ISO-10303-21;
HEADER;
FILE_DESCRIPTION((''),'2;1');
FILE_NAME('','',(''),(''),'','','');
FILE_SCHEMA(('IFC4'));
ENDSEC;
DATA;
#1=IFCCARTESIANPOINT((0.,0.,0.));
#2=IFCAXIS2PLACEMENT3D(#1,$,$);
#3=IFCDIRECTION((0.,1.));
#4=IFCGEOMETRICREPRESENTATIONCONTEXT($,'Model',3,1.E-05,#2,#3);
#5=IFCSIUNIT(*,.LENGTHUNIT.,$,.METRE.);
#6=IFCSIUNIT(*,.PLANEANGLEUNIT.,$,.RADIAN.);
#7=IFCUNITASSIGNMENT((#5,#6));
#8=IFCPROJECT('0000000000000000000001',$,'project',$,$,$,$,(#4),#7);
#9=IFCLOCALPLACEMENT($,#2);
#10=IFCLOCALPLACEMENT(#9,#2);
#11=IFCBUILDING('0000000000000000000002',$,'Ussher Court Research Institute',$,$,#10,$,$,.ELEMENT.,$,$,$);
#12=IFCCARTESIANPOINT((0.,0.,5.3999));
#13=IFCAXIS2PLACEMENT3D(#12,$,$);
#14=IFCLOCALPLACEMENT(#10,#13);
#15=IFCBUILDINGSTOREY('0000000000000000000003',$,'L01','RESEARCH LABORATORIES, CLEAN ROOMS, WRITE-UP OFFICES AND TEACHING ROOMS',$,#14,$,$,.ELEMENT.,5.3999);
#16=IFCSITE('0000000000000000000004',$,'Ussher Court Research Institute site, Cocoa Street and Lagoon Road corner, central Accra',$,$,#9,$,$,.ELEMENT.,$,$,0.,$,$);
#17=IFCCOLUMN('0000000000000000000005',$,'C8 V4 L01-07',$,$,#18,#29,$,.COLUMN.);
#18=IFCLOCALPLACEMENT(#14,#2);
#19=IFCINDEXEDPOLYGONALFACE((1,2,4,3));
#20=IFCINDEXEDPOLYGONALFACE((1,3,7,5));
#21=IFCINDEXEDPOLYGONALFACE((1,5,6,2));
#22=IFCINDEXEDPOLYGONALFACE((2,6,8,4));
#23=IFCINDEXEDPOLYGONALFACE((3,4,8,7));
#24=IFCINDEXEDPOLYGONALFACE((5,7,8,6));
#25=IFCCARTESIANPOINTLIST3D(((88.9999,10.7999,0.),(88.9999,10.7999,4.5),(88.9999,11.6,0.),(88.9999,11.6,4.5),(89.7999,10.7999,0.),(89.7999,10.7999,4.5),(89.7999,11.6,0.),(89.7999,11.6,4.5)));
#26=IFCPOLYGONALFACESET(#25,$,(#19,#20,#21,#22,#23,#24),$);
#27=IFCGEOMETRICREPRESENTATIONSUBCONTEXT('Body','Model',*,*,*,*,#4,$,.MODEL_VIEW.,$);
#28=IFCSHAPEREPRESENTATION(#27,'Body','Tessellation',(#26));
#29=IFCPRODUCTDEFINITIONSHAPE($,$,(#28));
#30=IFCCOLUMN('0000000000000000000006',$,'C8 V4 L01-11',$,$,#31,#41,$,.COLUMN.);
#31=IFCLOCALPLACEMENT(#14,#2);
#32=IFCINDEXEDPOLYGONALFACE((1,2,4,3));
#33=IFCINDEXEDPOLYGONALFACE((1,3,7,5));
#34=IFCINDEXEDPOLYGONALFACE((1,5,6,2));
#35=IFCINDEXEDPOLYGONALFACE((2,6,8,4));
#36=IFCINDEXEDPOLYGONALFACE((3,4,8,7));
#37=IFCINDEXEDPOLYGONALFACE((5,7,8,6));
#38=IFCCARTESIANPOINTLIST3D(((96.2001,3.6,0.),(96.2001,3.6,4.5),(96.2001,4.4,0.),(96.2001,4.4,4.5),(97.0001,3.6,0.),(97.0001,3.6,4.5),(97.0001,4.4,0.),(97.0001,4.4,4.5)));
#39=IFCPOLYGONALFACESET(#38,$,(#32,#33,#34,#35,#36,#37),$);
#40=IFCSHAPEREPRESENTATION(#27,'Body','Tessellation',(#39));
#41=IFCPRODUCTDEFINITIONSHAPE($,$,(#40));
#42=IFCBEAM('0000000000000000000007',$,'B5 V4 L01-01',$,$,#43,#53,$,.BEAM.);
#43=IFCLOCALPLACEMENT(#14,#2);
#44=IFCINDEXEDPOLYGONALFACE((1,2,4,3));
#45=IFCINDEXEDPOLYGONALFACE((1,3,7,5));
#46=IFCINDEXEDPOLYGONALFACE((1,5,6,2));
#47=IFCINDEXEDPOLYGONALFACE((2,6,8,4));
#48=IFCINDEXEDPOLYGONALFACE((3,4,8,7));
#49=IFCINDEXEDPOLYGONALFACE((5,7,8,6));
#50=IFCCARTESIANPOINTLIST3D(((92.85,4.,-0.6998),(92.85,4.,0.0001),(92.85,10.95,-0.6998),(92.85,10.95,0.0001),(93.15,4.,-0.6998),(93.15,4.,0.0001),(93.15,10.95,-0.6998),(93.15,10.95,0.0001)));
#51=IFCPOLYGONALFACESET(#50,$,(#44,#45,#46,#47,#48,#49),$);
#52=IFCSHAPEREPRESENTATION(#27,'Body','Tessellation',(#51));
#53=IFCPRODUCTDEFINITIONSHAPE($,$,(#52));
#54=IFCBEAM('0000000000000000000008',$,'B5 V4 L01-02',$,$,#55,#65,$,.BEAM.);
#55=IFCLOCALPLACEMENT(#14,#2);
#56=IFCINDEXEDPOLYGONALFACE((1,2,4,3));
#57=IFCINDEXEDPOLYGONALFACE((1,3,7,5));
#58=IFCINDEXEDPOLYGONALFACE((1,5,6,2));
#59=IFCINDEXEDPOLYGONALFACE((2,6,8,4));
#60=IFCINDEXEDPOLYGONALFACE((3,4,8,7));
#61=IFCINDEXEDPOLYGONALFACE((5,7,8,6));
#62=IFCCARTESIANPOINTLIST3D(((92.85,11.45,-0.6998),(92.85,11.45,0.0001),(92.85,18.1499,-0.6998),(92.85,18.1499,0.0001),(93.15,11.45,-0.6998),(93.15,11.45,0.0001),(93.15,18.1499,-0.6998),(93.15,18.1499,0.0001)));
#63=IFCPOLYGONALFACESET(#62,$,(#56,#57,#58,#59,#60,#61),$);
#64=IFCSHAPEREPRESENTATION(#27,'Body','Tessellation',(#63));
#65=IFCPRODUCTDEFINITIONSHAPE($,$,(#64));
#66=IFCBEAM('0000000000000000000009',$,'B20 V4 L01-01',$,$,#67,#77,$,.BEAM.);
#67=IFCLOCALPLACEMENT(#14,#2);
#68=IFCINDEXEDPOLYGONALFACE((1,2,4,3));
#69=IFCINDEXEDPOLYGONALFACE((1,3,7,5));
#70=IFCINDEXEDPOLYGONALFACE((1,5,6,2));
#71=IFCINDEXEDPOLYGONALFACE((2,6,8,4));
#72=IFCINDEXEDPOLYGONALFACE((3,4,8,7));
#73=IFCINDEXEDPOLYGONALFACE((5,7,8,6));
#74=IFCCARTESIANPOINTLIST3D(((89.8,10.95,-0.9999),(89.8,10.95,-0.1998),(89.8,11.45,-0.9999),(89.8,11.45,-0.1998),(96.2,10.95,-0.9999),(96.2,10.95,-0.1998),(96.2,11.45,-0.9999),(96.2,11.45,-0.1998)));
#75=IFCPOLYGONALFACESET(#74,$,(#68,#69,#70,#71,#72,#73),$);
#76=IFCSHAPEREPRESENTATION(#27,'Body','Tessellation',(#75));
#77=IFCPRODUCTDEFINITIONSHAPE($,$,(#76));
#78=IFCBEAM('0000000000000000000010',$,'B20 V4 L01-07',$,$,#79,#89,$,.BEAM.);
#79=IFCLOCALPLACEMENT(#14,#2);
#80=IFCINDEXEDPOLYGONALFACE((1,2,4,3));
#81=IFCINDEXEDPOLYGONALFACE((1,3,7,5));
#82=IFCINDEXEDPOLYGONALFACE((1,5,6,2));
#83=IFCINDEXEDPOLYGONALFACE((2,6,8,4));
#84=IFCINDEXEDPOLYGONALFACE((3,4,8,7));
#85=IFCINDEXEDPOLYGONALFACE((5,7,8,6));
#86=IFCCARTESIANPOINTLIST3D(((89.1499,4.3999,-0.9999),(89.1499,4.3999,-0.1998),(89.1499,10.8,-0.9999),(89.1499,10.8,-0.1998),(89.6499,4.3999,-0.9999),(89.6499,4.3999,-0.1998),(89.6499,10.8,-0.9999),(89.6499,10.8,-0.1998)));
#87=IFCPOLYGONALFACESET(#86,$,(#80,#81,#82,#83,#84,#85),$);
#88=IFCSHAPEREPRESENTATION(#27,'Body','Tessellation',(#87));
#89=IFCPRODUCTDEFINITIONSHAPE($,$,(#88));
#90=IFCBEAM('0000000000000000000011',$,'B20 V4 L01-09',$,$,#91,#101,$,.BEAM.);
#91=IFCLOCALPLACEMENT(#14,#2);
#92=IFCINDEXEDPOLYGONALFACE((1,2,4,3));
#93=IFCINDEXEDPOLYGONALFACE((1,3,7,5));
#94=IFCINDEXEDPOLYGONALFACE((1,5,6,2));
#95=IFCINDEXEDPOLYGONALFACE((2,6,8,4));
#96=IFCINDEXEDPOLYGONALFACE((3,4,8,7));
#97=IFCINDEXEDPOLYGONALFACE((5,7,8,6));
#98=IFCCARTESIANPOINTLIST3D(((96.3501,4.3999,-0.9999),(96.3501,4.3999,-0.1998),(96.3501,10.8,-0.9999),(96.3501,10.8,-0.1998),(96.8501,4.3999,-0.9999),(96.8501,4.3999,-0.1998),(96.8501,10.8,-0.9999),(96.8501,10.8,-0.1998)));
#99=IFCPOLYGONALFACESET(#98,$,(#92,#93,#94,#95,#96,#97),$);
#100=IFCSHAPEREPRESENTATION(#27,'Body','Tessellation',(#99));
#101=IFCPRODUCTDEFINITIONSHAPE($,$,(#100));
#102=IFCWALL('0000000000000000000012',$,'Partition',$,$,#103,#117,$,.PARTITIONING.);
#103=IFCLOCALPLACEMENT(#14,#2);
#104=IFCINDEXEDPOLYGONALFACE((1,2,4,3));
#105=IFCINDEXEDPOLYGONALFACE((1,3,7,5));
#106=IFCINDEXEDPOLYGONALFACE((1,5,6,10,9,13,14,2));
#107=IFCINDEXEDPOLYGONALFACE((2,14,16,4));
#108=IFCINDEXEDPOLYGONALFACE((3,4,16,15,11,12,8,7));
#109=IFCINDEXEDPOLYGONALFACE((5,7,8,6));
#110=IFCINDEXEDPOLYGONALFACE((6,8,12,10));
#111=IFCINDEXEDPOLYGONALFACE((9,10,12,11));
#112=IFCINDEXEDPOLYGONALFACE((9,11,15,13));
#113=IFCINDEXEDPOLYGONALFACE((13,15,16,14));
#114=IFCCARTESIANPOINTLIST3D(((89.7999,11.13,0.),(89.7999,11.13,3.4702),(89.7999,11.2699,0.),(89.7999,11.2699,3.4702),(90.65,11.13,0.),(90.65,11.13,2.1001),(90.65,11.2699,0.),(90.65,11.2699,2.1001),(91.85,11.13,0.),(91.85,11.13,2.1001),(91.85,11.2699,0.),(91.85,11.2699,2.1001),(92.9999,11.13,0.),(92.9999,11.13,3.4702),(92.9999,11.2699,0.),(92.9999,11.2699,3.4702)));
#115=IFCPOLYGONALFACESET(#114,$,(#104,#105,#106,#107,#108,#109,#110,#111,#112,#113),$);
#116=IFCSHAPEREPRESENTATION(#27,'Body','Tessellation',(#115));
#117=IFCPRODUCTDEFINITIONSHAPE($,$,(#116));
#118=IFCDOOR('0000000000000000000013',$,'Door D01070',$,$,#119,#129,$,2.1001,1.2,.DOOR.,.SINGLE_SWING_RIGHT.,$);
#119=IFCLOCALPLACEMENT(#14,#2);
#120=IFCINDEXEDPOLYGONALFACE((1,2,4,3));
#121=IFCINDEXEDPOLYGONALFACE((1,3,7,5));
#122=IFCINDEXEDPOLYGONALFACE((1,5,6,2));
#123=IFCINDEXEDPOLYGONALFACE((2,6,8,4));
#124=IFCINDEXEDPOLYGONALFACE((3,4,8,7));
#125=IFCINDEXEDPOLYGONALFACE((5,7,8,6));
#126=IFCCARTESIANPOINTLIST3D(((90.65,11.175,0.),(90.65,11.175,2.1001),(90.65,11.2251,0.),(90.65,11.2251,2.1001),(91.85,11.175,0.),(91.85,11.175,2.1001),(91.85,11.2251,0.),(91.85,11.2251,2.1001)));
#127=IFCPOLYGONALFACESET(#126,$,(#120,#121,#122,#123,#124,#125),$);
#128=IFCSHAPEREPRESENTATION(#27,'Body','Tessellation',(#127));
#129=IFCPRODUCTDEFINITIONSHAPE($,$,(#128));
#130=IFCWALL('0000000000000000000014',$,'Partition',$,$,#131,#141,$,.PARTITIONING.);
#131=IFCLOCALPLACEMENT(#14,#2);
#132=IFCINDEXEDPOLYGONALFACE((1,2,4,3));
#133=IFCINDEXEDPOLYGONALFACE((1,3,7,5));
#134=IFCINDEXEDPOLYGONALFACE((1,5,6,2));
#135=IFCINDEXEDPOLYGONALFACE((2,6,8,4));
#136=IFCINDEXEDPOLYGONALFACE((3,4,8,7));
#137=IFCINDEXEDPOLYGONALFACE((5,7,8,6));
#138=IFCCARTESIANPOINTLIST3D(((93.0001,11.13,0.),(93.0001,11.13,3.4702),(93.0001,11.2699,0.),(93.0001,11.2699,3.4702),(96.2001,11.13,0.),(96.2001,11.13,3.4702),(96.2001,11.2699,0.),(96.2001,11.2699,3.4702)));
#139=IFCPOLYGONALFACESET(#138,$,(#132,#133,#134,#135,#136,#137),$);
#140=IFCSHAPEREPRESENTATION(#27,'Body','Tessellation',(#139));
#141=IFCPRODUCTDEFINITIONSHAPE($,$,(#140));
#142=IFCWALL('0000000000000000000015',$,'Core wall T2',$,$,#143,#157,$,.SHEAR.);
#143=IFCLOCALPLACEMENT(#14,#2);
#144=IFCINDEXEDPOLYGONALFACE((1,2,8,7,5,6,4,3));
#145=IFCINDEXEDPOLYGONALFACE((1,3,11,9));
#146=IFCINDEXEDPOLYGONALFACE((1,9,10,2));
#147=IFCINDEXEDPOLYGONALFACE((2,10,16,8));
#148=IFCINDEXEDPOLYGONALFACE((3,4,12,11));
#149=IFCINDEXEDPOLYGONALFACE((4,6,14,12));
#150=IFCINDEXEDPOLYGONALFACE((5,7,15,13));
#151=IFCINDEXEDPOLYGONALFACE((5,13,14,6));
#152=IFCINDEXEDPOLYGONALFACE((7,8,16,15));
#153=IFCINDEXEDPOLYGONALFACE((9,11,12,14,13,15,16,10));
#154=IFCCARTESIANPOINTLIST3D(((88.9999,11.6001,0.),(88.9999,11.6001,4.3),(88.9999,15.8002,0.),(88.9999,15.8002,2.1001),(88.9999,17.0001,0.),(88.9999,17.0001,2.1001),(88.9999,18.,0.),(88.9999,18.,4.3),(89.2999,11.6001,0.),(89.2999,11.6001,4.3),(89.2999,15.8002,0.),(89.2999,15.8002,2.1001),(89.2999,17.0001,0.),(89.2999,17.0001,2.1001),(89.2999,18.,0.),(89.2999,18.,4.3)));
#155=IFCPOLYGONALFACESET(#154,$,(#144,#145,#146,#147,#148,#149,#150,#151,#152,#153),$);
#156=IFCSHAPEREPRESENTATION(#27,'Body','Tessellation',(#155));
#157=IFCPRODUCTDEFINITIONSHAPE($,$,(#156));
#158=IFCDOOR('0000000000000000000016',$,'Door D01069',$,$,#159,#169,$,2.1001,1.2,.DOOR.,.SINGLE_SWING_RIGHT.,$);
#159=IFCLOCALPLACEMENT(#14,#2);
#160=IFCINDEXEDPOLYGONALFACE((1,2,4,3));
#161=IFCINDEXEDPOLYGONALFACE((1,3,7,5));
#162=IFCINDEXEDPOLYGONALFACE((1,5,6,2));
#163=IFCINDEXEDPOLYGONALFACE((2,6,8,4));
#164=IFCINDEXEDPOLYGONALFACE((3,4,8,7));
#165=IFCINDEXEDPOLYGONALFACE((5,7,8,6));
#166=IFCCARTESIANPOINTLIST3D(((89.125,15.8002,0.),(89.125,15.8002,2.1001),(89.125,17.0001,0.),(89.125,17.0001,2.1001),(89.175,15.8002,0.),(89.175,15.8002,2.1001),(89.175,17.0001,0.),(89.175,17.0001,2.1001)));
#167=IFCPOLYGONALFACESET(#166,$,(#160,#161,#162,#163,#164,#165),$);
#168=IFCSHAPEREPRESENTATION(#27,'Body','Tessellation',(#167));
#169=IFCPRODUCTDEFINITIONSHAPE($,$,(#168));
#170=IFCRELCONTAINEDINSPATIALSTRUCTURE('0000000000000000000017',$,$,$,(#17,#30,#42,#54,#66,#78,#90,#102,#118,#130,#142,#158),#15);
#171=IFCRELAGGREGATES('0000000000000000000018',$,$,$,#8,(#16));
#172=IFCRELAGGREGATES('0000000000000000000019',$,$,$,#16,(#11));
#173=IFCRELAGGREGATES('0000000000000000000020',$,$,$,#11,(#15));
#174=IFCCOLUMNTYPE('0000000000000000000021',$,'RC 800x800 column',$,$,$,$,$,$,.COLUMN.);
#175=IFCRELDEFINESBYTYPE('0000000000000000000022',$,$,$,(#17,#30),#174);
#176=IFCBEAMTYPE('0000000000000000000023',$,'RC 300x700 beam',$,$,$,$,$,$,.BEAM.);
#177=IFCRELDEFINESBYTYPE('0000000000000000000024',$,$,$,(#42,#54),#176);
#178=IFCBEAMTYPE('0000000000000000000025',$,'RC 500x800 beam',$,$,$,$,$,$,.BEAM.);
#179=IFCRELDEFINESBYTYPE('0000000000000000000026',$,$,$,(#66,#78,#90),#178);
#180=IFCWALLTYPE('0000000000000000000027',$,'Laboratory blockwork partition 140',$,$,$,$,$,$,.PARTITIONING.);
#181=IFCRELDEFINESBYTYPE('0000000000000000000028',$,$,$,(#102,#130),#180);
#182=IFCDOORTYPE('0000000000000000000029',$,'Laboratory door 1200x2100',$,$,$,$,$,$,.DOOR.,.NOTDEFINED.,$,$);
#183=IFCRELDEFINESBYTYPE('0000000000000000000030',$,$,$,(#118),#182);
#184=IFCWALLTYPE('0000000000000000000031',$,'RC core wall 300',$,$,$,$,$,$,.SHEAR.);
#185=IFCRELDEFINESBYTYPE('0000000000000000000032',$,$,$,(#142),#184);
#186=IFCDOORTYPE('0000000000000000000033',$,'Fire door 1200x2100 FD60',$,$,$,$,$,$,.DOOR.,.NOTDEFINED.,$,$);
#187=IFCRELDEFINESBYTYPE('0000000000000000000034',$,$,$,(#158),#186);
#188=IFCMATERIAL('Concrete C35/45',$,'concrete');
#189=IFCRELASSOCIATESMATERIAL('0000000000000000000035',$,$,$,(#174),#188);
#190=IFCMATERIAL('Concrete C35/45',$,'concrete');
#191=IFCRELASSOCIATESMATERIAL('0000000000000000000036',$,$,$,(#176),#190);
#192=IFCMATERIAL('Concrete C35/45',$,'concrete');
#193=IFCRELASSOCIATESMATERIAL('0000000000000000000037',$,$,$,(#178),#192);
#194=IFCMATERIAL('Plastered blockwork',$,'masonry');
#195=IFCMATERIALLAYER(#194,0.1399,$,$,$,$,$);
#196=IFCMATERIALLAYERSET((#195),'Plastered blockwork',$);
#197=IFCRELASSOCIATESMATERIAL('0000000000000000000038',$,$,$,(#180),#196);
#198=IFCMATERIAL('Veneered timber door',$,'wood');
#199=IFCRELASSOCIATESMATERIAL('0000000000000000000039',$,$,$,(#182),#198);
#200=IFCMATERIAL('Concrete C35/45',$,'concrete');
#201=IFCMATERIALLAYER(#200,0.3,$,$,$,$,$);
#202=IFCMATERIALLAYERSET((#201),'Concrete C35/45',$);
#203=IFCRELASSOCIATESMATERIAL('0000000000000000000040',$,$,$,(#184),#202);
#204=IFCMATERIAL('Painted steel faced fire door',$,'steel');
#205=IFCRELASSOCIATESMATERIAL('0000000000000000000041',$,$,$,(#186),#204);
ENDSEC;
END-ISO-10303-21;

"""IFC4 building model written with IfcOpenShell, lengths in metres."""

from ifc_helpers import new_model, si_unit, direction, frame, frame_2d, origin, origin_2d, place, context, subcontext, project, spatial, rectangle, extrude, material, layer, layer_set, material_profile, profile_set, type_object, element, fill, save


model = new_model("IFC4")

# Units and contexts
model_context = context("Model", 3, precision=1e-05, world=origin(), true_north=direction((0.0, 1.0)))
body_context = subcontext(model_context, "Body", "Model", "MODEL_VIEW")
ifc_project = project(units=[si_unit("LENGTHUNIT", "METRE"), si_unit("PLANEANGLEUNIT", "RADIAN")], contexts=[model_context])

# Site, building, storey
site_placement = place(None, origin())
site = spatial("IfcSite", under=ifc_project, at=site_placement, Name="Ussher Court Research Institute site, Cocoa Street and Lagoon Road corner, central Accra", CompositionType="ELEMENT", RefElevation=0.0)
building_placement = place(site_placement, origin())
building = spatial("IfcBuilding", under=site, at=building_placement, Name="Ussher Court Research Institute", CompositionType="ELEMENT")
storey_placement = place(building_placement, frame((0.0, 0.0, 5.3999)))
storey = spatial("IfcBuildingStorey", under=building, at=storey_placement, Name="L01", Description="RESEARCH LABORATORIES, CLEAN ROOMS, WRITE-UP OFFICES AND TEACHING ROOMS", CompositionType="ELEMENT", Elevation=5.3999)

# Columns
ifc_material_1 = material(Name="Concrete C35/45", Category="concrete")
ifc_material_profile_1 = material_profile(ifc_material_1, rectangle(XDim=0.8, YDim=0.8, at=origin_2d()), Name="RC 800x800")
ifc_profile_set_1 = profile_set([ifc_material_profile_1], Name="Concrete C35/45")
column_type = type_object("IfcColumnType", Name="RC 800x800 column", PredefinedType="COLUMN", material=ifc_profile_set_1)
for number, where, z_axis, x_axis, name in (
    (1, (89.3999, 11.2, 0.0), (0.0, 0.0, 1.0), (1.0, 0.0, 0.0), "C8 V4 L01-07"),
    (2, (96.6001, 4.0, 0.0), (0.0, 0.0, 1.0), (1.0, 0.0, 0.0), "C8 V4 L01-11"),
):
    element("IfcColumn", number, at=place(storey_placement, frame(where, z_axis=z_axis, x_axis=x_axis)), inside=storey, type_object=column_type, Name=name, PredefinedType="COLUMN", context=body_context, shape_type="SweptSolid", body=[
        extrude(rectangle(XDim=0.8, YDim=0.8, at=origin_2d()), origin(), (0.0, 0.0, 1.0), 4.5),
    ])

# Beams
ifc_material_2 = material(Name="Concrete C35/45", Category="concrete")
ifc_material_profile_2 = material_profile(ifc_material_2, rectangle(XDim=0.3, YDim=0.7, at=origin_2d()), Name="RC 300x700")
ifc_profile_set_2 = profile_set([ifc_material_profile_2], Name="Concrete C35/45")
beam_type_1 = type_object("IfcBeamType", Name="RC 300x700 beam", PredefinedType="BEAM", material=ifc_profile_set_2)
beam_1_placement = place(storey_placement, frame((93.0, 4.0, -0.3499), z_axis=(0.0, 1.0, 0.0), x_axis=(-1.0, 0.0, 0.0)))
element("IfcBeam", 3, at=beam_1_placement, inside=storey, type_object=beam_type_1, Name="B5 V4 L01-01", PredefinedType="BEAM", context=body_context, shape_type="SweptSolid", body=[
    extrude(rectangle(XDim=0.3, YDim=0.7, at=origin_2d()), origin(), (0.0, 0.0, 1.0), 6.95),
])
beam_2_placement = place(storey_placement, frame((93.0, 11.45, -0.3499), z_axis=(0.0, 1.0, 0.0), x_axis=(-1.0, 0.0, 0.0)))
element("IfcBeam", 4, at=beam_2_placement, inside=storey, type_object=beam_type_1, Name="B5 V4 L01-02", PredefinedType="BEAM", context=body_context, shape_type="SweptSolid", body=[
    extrude(rectangle(XDim=0.3, YDim=0.7, at=origin_2d()), origin(), (0.0, 0.0, 1.0), 6.7),
])
ifc_material_3 = material(Name="Concrete C35/45", Category="concrete")
ifc_material_profile_3 = material_profile(ifc_material_3, rectangle(XDim=0.5, YDim=0.8, at=origin_2d()), Name="RC 500x800")
ifc_profile_set_3 = profile_set([ifc_material_profile_3], Name="Concrete C35/45")
beam_type_2 = type_object("IfcBeamType", Name="RC 500x800 beam", PredefinedType="BEAM", material=ifc_profile_set_3)
beam_3_placement = place(storey_placement, frame((89.8, 11.2, -0.5999), z_axis=(1.0, 0.0, 0.0), x_axis=(0.0, 1.0, 0.0)))
element("IfcBeam", 5, at=beam_3_placement, inside=storey, type_object=beam_type_2, Name="B20 V4 L01-01", PredefinedType="BEAM", context=body_context, shape_type="SweptSolid", body=[
    extrude(rectangle(XDim=0.5, YDim=0.8, at=origin_2d()), origin(), (0.0, 0.0, 1.0), 6.3999),
])
for number, where, z_axis, x_axis, name in (
    (6, (89.3999, 4.3999, -0.5999), (0.0, 1.0, 0.0), (-1.0, 0.0, 0.0), "B20 V4 L01-07"),
    (7, (96.6001, 4.3999, -0.5999), (0.0, 1.0, 0.0), (-1.0, 0.0, 0.0), "B20 V4 L01-09"),
):
    element("IfcBeam", number, at=place(storey_placement, frame(where, z_axis=z_axis, x_axis=x_axis)), inside=storey, type_object=beam_type_2, Name=name, PredefinedType="BEAM", context=body_context, shape_type="SweptSolid", body=[
        extrude(rectangle(XDim=0.5, YDim=0.8, at=origin_2d()), origin(), (0.0, 0.0, 1.0), 6.4001),
    ])

# Wall, opening, door
ifc_material_4 = material(Name="Plastered blockwork", Category="masonry")
ifc_layer_1 = layer(ifc_material_4, 0.1399)
ifc_layer_set_1 = layer_set([ifc_layer_1], Name="Plastered blockwork")
wall_type_1 = type_object("IfcWallType", Name="Laboratory blockwork partition 140", PredefinedType="PARTITIONING", material=ifc_layer_set_1)
wall_1_placement = place(storey_placement, frame((93.0, 11.2, 0.0), z_axis=(0.0, 0.0, 1.0), x_axis=(-1.0, 0.0, 0.0)))
wall_1 = element("IfcWall", 8, at=wall_1_placement, inside=storey, type_object=wall_type_1, Name="Partition", PredefinedType="PARTITIONING", context=body_context, shape_type="SweptSolid", body=[
    extrude(rectangle(XDim=3.2, YDim=0.1399, at=frame_2d((1.6001, 0.0))), origin(), (0.0, 0.0, 1.0), 3.4702),
])
opening_1_placement = place(wall_1_placement, frame((1.1499, 0.0, 0.0)))
opening_1 = element("IfcOpeningElement", 9, at=opening_1_placement, cuts=wall_1, PredefinedType="OPENING", context=body_context, shape_type="SweptSolid", body=[
    extrude(rectangle(XDim=1.2, YDim=2.1001, at=frame_2d((0.6001, 1.05))), frame((0.0, 0.0801, 0.0), z_axis=(0.0, -1.0, 0.0), x_axis=(1.0, 0.0, 0.0)), (0.0, 0.0, 1.0), 0.1599),
])
ifc_material_5 = material(Name="Veneered timber door", Category="wood")
door_type_1 = type_object("IfcDoorType", Name="Laboratory door 1200x2100", OperationType="NOTDEFINED", PredefinedType="DOOR", material=ifc_material_5)
door_1_placement = place(opening_1_placement, origin())
door_1 = element("IfcDoor", 10, at=door_1_placement, inside=storey, type_object=door_type_1, Name="Door D01070", OperationType="SINGLE_SWING_RIGHT", OverallHeight=2.1001, OverallWidth=1.2, PredefinedType="DOOR", context=body_context, shape_type="SweptSolid", body=[
    extrude(rectangle(XDim=1.2, YDim=2.1001, at=frame_2d((0.6001, 1.05))), frame((0.0, 0.0249, 0.0), z_axis=(0.0, -1.0, 0.0), x_axis=(1.0, 0.0, 0.0)), (0.0, 0.0, 1.0), 0.05),
])
fill(opening_1, door_1)

# Wall
wall_2_placement = place(storey_placement, frame((93.0, 11.2, 0.0), z_axis=(0.0, 0.0, 1.0), x_axis=(1.0, 0.0, 0.0)))
element("IfcWall", 11, at=wall_2_placement, inside=storey, type_object=wall_type_1, Name="Partition", PredefinedType="PARTITIONING", context=body_context, shape_type="SweptSolid", body=[
    extrude(rectangle(XDim=3.2, YDim=0.1399, at=frame_2d((1.6001, 0.0))), origin(), (0.0, 0.0, 1.0), 3.4702),
])

# Wall, opening, door
ifc_material_6 = material(Name="Concrete C35/45", Category="concrete")
ifc_layer_2 = layer(ifc_material_6, 0.3)
ifc_layer_set_2 = layer_set([ifc_layer_2], Name="Concrete C35/45")
wall_type_2 = type_object("IfcWallType", Name="RC core wall 300", PredefinedType="SHEAR", material=ifc_layer_set_2)
wall_3_placement = place(storey_placement, frame((89.1499, 11.6001, 0.0), z_axis=(0.0, 0.0, 1.0), x_axis=(0.0, 1.0, 0.0)))
wall_3 = element("IfcWall", 12, at=wall_3_placement, inside=storey, type_object=wall_type_2, Name="Core wall T2", PredefinedType="SHEAR", context=body_context, shape_type="SweptSolid", body=[
    extrude(rectangle(XDim=6.3999, YDim=0.3, at=frame_2d((3.2, 0.0))), origin(), (0.0, 0.0, 1.0), 4.3),
])
opening_2_placement = place(wall_3_placement, frame((4.2, 0.0, 0.0)))
opening_2 = element("IfcOpeningElement", 13, at=opening_2_placement, cuts=wall_3, PredefinedType="OPENING", context=body_context, shape_type="SweptSolid", body=[
    extrude(rectangle(XDim=1.2, YDim=2.1001, at=frame_2d((0.6001, 1.05))), frame((0.0, 0.1602, 0.0), z_axis=(0.0, -1.0, 0.0), x_axis=(1.0, 0.0, 0.0)), (0.0, 0.0, 1.0), 0.3201),
])
ifc_material_7 = material(Name="Painted steel faced fire door", Category="steel")
door_type_2 = type_object("IfcDoorType", Name="Fire door 1200x2100 FD60", OperationType="NOTDEFINED", PredefinedType="DOOR", material=ifc_material_7)
door_2_placement = place(opening_2_placement, origin())
door_2 = element("IfcDoor", 14, at=door_2_placement, inside=storey, type_object=door_type_2, Name="Door D01069", OperationType="SINGLE_SWING_RIGHT", OverallHeight=2.1001, OverallWidth=1.2, PredefinedType="DOOR", context=body_context, shape_type="SweptSolid", body=[
    extrude(rectangle(XDim=1.2, YDim=2.1001, at=frame_2d((0.6001, 1.05))), frame((0.0, 0.0249, 0.0), z_axis=(0.0, -1.0, 0.0), x_axis=(1.0, 0.0, 0.0)), (0.0, 0.0, 1.0), 0.05),
])
fill(opening_2, door_2)

save(model, "model.ifc")
